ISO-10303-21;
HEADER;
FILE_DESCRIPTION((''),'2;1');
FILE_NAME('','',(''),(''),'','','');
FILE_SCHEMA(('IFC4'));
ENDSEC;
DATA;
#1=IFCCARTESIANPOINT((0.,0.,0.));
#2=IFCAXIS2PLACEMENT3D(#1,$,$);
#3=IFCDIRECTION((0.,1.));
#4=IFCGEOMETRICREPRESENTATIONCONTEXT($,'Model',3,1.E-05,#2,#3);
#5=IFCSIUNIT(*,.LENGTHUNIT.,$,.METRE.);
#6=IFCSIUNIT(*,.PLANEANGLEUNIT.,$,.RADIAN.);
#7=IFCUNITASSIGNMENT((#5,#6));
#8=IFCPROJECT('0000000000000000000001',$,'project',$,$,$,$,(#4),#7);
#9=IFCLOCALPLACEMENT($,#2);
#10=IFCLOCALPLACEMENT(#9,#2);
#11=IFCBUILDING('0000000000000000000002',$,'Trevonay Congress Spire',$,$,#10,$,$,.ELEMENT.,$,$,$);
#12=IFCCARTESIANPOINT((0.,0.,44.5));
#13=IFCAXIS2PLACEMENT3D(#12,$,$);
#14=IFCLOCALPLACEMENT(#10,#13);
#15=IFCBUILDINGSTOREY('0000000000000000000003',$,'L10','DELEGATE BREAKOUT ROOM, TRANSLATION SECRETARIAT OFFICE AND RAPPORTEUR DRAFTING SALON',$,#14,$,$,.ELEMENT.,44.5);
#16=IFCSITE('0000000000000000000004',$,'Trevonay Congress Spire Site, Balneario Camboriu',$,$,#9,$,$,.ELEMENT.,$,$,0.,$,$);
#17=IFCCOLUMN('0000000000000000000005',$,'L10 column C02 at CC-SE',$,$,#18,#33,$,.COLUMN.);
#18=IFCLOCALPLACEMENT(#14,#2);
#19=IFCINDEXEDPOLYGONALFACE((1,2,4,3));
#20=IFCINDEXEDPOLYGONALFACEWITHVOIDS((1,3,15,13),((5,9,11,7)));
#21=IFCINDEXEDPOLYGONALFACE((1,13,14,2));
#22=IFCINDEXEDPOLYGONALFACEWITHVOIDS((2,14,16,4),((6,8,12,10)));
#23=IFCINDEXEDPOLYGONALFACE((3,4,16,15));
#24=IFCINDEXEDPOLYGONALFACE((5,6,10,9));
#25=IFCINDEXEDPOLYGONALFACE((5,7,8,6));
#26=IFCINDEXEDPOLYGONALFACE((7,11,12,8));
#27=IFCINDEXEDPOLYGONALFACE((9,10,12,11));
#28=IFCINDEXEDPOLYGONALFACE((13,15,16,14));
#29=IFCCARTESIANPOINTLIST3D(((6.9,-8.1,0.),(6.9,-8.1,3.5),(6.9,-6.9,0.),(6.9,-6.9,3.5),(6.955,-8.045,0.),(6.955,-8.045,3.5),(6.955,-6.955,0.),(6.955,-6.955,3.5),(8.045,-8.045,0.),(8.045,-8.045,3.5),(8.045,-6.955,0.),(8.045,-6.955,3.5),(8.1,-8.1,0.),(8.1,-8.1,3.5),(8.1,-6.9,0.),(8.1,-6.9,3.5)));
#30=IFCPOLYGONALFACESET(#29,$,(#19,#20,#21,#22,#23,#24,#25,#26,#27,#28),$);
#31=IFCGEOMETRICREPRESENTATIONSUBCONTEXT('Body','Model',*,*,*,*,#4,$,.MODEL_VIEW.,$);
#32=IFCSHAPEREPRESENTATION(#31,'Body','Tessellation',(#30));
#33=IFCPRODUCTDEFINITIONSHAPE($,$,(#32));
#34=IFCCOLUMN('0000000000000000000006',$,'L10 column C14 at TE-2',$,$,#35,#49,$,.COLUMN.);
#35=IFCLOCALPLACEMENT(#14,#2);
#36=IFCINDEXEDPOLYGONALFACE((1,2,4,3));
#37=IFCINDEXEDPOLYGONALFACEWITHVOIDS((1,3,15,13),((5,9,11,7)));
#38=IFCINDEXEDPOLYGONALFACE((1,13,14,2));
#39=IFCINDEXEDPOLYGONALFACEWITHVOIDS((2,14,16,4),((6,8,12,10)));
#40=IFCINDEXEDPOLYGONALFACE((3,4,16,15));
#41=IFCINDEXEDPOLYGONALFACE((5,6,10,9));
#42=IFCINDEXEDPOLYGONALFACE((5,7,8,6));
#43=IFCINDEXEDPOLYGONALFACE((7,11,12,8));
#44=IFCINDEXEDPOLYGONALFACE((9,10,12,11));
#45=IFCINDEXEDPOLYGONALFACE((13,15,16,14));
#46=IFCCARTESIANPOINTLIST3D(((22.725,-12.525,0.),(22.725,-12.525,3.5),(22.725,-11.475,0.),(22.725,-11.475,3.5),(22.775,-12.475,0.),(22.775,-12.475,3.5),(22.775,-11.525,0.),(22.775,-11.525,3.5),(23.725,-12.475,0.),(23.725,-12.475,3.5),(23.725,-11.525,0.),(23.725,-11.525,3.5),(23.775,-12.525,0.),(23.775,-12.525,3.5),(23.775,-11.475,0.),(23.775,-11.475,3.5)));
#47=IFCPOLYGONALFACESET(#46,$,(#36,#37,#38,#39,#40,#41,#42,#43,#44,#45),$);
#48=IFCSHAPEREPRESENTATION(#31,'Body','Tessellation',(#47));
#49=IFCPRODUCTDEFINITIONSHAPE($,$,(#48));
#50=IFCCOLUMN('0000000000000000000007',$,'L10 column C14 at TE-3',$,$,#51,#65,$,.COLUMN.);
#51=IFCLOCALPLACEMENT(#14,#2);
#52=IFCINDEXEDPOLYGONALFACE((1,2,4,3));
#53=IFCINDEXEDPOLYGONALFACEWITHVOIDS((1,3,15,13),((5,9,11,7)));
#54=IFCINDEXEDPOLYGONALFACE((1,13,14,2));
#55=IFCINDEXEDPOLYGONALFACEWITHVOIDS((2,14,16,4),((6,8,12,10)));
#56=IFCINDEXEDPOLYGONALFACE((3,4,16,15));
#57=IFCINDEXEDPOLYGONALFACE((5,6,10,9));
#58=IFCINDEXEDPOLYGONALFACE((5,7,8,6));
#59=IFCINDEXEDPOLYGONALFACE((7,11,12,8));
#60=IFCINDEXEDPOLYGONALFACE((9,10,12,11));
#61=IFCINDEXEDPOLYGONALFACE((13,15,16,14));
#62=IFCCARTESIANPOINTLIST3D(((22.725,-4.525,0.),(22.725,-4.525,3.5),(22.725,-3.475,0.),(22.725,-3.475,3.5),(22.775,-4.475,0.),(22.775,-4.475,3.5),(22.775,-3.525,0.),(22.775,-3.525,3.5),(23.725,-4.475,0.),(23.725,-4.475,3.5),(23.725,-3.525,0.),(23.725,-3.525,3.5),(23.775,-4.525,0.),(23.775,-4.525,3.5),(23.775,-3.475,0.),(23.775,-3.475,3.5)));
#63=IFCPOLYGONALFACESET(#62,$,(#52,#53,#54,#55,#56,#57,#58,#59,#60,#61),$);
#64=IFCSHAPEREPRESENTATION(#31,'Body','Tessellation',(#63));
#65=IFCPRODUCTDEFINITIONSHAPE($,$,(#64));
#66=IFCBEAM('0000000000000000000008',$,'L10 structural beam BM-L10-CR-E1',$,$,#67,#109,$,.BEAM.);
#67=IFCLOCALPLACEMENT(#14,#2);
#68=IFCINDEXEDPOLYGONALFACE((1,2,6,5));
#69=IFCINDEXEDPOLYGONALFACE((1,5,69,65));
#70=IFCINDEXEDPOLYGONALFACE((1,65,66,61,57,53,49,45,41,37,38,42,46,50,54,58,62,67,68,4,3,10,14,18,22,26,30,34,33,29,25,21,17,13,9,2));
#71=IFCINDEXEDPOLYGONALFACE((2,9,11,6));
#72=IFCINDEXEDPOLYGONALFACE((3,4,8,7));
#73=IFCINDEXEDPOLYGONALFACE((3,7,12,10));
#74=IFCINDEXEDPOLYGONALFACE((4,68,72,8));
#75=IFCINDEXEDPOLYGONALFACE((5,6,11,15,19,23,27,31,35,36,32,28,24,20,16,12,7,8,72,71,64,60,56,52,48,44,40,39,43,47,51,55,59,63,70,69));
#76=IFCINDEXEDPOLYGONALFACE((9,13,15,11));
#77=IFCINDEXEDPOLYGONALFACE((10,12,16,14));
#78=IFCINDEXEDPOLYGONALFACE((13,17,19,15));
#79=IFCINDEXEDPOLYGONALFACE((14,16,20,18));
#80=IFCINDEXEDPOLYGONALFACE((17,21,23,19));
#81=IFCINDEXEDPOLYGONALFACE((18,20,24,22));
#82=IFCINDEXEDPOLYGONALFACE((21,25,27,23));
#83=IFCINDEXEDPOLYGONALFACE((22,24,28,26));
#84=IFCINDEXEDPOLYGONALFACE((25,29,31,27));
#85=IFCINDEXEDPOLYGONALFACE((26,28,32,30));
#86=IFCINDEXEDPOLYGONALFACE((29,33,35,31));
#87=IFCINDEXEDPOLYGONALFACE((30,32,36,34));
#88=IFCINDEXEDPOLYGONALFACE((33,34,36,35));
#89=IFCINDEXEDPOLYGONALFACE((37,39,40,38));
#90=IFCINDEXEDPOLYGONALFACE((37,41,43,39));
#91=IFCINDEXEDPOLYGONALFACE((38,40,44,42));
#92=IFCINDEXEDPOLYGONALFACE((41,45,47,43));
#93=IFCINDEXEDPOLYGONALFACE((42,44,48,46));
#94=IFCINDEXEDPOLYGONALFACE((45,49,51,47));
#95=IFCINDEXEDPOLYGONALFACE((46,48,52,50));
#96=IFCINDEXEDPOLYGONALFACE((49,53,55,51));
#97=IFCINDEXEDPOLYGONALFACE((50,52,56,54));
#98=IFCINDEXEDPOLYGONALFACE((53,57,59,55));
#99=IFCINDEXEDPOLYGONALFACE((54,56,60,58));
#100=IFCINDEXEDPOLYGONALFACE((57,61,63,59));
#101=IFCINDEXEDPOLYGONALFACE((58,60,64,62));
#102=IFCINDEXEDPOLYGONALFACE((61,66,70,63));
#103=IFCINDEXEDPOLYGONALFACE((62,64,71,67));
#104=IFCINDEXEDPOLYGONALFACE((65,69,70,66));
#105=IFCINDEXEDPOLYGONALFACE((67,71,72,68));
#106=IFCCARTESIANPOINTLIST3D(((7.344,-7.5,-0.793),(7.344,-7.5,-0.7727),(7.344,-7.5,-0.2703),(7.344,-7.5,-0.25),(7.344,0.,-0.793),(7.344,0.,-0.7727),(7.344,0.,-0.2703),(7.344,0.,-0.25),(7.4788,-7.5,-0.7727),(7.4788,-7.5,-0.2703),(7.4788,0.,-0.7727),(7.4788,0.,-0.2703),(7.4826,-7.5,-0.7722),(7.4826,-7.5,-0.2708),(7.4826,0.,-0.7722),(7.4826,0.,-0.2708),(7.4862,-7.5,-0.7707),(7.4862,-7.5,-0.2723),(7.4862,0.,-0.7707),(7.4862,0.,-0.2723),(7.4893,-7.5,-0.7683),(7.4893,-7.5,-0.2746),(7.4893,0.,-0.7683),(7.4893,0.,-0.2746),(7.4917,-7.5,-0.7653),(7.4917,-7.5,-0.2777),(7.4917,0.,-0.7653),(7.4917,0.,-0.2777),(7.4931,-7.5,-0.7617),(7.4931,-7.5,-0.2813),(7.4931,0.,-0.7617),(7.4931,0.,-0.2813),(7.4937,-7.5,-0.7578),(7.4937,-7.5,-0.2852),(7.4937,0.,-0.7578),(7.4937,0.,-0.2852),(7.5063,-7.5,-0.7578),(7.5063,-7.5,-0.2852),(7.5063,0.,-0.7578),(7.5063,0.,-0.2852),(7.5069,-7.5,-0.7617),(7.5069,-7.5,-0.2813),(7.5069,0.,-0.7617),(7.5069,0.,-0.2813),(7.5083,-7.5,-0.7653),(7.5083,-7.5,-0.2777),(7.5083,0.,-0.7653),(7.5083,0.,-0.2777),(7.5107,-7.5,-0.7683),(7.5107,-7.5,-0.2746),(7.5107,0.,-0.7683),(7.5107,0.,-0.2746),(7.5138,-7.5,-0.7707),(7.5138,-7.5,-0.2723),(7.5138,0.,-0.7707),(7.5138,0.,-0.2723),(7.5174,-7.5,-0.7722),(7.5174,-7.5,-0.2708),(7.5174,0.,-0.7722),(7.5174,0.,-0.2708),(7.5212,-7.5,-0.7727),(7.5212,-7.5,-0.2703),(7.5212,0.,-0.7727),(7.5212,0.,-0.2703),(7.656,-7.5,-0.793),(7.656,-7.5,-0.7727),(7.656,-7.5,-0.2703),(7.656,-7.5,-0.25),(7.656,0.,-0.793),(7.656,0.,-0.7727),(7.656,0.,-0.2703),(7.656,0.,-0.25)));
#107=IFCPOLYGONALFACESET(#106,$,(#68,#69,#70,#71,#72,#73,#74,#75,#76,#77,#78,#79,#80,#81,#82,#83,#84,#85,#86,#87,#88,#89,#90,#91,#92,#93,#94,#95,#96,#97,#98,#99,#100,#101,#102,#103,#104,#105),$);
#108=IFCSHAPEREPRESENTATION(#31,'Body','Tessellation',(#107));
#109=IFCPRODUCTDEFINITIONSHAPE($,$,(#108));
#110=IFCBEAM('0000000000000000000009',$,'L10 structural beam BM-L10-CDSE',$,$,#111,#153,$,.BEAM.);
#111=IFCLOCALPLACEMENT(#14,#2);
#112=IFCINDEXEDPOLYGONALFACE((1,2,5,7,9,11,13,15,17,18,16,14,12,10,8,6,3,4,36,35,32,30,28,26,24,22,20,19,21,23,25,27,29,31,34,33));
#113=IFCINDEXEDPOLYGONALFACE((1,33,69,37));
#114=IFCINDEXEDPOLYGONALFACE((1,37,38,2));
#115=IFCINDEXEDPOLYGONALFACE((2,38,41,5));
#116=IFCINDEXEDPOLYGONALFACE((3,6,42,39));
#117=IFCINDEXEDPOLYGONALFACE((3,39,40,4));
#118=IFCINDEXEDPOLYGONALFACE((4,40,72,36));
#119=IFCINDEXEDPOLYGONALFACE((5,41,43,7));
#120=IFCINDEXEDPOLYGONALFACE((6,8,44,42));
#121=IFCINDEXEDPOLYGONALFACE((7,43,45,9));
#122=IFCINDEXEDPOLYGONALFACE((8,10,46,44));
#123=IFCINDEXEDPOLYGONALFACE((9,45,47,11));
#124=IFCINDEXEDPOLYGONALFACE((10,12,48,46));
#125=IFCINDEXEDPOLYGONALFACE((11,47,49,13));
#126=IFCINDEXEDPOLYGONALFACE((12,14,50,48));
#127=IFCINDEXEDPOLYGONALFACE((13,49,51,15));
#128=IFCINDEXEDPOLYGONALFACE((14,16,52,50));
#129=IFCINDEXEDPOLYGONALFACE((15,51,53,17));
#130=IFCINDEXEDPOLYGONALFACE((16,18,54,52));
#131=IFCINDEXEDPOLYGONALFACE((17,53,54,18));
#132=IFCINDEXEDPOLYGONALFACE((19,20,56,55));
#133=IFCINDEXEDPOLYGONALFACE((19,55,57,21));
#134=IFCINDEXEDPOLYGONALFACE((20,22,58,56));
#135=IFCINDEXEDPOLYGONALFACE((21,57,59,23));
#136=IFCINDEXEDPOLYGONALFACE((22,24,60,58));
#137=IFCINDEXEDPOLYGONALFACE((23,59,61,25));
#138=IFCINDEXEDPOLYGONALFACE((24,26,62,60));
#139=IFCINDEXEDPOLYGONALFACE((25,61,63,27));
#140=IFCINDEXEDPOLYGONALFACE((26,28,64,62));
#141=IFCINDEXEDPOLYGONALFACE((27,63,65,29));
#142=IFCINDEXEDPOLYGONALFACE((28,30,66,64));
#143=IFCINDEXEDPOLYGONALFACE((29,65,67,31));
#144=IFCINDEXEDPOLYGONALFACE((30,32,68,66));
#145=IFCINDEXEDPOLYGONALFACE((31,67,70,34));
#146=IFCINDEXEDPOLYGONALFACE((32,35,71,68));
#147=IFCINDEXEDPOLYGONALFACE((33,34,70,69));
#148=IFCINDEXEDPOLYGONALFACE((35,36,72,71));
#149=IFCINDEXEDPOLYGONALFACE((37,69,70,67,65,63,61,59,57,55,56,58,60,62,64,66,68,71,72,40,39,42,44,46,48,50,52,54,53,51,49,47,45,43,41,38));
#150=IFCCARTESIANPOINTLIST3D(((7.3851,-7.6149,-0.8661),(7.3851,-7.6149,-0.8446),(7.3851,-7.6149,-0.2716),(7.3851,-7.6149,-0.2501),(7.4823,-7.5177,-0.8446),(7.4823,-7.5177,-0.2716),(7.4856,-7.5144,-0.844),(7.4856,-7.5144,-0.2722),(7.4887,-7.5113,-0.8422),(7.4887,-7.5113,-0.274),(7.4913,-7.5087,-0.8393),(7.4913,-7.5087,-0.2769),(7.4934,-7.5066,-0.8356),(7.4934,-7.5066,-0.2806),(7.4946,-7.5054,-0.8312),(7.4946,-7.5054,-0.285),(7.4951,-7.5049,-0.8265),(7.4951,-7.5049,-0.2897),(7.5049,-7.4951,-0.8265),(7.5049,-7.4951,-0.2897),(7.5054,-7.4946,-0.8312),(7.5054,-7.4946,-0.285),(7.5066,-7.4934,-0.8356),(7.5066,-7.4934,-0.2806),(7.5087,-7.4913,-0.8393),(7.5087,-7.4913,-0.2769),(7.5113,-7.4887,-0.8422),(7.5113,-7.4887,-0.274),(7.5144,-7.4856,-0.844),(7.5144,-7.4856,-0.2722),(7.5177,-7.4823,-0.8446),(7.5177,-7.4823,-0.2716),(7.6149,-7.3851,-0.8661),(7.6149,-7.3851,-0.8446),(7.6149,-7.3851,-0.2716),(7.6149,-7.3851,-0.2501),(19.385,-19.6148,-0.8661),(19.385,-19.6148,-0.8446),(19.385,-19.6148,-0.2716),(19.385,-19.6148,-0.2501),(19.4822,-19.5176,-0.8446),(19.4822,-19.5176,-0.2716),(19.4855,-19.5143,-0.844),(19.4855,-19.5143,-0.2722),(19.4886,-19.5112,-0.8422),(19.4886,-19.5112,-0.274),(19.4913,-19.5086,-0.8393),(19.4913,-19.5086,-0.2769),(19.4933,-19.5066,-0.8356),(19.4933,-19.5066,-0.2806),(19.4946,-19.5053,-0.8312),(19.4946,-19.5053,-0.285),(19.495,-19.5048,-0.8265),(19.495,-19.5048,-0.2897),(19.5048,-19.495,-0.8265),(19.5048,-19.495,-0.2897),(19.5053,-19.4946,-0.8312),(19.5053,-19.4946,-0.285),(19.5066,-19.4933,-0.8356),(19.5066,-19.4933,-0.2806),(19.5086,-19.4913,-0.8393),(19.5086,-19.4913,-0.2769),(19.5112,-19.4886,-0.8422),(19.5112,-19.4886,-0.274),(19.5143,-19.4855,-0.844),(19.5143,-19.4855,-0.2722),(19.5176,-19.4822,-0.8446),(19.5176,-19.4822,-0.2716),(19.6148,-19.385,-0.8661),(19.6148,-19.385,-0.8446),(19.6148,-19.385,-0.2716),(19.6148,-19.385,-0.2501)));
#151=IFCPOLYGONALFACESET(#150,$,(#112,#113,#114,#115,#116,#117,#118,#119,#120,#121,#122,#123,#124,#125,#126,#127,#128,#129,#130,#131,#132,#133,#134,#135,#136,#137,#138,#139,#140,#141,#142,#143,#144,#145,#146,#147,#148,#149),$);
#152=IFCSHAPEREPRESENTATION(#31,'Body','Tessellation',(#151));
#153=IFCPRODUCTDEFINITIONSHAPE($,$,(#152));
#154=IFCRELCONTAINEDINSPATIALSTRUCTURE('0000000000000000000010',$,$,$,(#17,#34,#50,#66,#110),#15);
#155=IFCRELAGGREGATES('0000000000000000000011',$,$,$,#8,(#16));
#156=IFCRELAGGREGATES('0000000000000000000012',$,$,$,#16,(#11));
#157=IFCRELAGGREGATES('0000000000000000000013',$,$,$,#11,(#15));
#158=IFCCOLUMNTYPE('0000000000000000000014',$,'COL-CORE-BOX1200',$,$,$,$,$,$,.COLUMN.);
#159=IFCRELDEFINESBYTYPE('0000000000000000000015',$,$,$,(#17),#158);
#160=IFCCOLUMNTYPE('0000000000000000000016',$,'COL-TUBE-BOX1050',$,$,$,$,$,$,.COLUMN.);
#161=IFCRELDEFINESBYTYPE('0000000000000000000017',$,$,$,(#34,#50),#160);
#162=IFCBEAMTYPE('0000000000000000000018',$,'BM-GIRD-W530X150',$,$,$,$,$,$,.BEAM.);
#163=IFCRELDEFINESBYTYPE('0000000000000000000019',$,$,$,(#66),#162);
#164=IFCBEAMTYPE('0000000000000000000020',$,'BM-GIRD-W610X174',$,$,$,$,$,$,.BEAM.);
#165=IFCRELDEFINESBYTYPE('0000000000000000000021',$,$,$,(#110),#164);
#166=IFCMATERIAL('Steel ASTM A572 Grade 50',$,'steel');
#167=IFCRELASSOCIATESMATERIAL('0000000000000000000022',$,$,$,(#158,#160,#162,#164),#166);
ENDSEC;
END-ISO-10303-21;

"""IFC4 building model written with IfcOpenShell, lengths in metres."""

from ifc_helpers import new_model, si_unit, direction, frame, origin, origin_2d, place, context, subcontext, project, spatial, hollow_rectangle, i_section, extrude, material, material_profile, profile_set, type_object, element, save


model = new_model("IFC4")

# Units and contexts
model_context = context("Model", 3, precision=1e-05, world=origin(), true_north=direction((0.0, 1.0)))
body_context = subcontext(model_context, "Body", "Model", "MODEL_VIEW")
ifc_project = project(units=[si_unit("LENGTHUNIT", "METRE"), si_unit("PLANEANGLEUNIT", "RADIAN")], contexts=[model_context])

# Site, building, storey
site_placement = place(None, origin())
site = spatial("IfcSite", under=ifc_project, at=site_placement, Name="Trevonay Congress Spire Site, Balneario Camboriu", CompositionType="ELEMENT", RefElevation=0.0)
building_placement = place(site_placement, origin())
building = spatial("IfcBuilding", under=site, at=building_placement, Name="Trevonay Congress Spire", CompositionType="ELEMENT")
storey_placement = place(building_placement, frame((0.0, 0.0, 44.5)))
storey = spatial("IfcBuildingStorey", under=building, at=storey_placement, Name="L10", Description="DELEGATE BREAKOUT ROOM, TRANSLATION SECRETARIAT OFFICE AND RAPPORTEUR DRAFTING SALON", CompositionType="ELEMENT", Elevation=44.5)

# Columns
ifc_material_1 = material(Name="Steel ASTM A572 Grade 50", Category="steel")
ifc_material_profile_1 = material_profile(ifc_material_1, hollow_rectangle(XDim=1.2, YDim=1.2, WallThickness=0.0549, at=origin_2d()), Name="BOX 1200x1200x55")
ifc_profile_set_1 = profile_set([ifc_material_profile_1], Name="Steel ASTM A572 Grade 50")
column_type_1 = type_object("IfcColumnType", Name="COL-CORE-BOX1200", PredefinedType="COLUMN", material=ifc_profile_set_1)
column_placement = place(storey_placement, frame((7.5, -7.5, 0.0), z_axis=(0.0, 0.0, 1.0), x_axis=(1.0, 0.0, 0.0)))
element("IfcColumn", 1, at=column_placement, inside=storey, type_object=column_type_1, Name="L10 column C02 at CC-SE", PredefinedType="COLUMN", context=body_context, shape_type="SweptSolid", body=[
    extrude(hollow_rectangle(XDim=1.2, YDim=1.2, WallThickness=0.0549, at=origin_2d()), origin(), (0.0, 0.0, 1.0), 3.5),
])
ifc_material_profile_2 = material_profile(ifc_material_1, hollow_rectangle(XDim=1.05, YDim=1.05, WallThickness=0.05, at=origin_2d()), Name="BOX 1050x1050x50")
ifc_profile_set_2 = profile_set([ifc_material_profile_2], Name="Steel ASTM A572 Grade 50")
column_type_2 = type_object("IfcColumnType", Name="COL-TUBE-BOX1050", PredefinedType="COLUMN", material=ifc_profile_set_2)
for number, where, z_axis, x_axis, name in (
    (2, (23.25, -12.0, 0.0), (0.0, 0.0, 1.0), (1.0, 0.0, 0.0), "L10 column C14 at TE-2"),
    (3, (23.25, -4.0, 0.0), (0.0, 0.0, 1.0), (1.0, 0.0, 0.0), "L10 column C14 at TE-3"),
):
    element("IfcColumn", number, at=place(storey_placement, frame(where, z_axis=z_axis, x_axis=x_axis)), inside=storey, type_object=column_type_2, Name=name, PredefinedType="COLUMN", context=body_context, shape_type="SweptSolid", body=[
        extrude(hollow_rectangle(XDim=1.05, YDim=1.05, WallThickness=0.05, at=origin_2d()), origin(), (0.0, 0.0, 1.0), 3.5),
    ])

# Beams
ifc_material_profile_3 = material_profile(ifc_material_1, i_section(OverallWidth=0.312, OverallDepth=0.543, WebThickness=0.0127, FlangeThickness=0.0203, FilletRadius=0.0149, at=origin_2d()), Name="W530x150")
ifc_profile_set_3 = profile_set([ifc_material_profile_3], Name="Steel ASTM A572 Grade 50")
beam_type_1 = type_object("IfcBeamType", Name="BM-GIRD-W530X150", PredefinedType="BEAM", material=ifc_profile_set_3)
beam_1_placement = place(storey_placement, frame((7.5, -7.5, -0.5215), z_axis=(0.0, 1.0, 0.0), x_axis=(-1.0, 0.0, 0.0)))
element("IfcBeam", 4, at=beam_1_placement, inside=storey, type_object=beam_type_1, Name="L10 structural beam BM-L10-CR-E1", PredefinedType="BEAM", context=body_context, shape_type="SweptSolid", body=[
    extrude(i_section(OverallWidth=0.312, OverallDepth=0.543, WebThickness=0.0127, FlangeThickness=0.0203, FilletRadius=0.0149, at=origin_2d()), origin(), (0.0, 0.0, 1.0), 7.5),
])
ifc_material_profile_4 = material_profile(ifc_material_1, i_section(OverallWidth=0.325, OverallDepth=0.616, WebThickness=0.0139, FlangeThickness=0.0215, FilletRadius=0.0181, at=origin_2d()), Name="W610x174")
ifc_profile_set_4 = profile_set([ifc_material_profile_4], Name="Steel ASTM A572 Grade 50")
beam_type_2 = type_object("IfcBeamType", Name="BM-GIRD-W610X174", PredefinedType="BEAM", material=ifc_profile_set_4)
beam_2_placement = place(storey_placement, frame((7.5, -7.5, -0.5581), z_axis=(0.707107, -0.707107, 0.0), x_axis=(0.707107, 0.707107, 0.0)))
element("IfcBeam", 5, at=beam_2_placement, inside=storey, type_object=beam_type_2, Name="L10 structural beam BM-L10-CDSE", PredefinedType="BEAM", context=body_context, shape_type="SweptSolid", body=[
    extrude(i_section(OverallWidth=0.325, OverallDepth=0.616, WebThickness=0.0139, FlangeThickness=0.0215, FilletRadius=0.0181, at=origin_2d()), origin(), (0.0, 0.0, 1.0), 16.9705),
])

save(model, "model.ifc")
